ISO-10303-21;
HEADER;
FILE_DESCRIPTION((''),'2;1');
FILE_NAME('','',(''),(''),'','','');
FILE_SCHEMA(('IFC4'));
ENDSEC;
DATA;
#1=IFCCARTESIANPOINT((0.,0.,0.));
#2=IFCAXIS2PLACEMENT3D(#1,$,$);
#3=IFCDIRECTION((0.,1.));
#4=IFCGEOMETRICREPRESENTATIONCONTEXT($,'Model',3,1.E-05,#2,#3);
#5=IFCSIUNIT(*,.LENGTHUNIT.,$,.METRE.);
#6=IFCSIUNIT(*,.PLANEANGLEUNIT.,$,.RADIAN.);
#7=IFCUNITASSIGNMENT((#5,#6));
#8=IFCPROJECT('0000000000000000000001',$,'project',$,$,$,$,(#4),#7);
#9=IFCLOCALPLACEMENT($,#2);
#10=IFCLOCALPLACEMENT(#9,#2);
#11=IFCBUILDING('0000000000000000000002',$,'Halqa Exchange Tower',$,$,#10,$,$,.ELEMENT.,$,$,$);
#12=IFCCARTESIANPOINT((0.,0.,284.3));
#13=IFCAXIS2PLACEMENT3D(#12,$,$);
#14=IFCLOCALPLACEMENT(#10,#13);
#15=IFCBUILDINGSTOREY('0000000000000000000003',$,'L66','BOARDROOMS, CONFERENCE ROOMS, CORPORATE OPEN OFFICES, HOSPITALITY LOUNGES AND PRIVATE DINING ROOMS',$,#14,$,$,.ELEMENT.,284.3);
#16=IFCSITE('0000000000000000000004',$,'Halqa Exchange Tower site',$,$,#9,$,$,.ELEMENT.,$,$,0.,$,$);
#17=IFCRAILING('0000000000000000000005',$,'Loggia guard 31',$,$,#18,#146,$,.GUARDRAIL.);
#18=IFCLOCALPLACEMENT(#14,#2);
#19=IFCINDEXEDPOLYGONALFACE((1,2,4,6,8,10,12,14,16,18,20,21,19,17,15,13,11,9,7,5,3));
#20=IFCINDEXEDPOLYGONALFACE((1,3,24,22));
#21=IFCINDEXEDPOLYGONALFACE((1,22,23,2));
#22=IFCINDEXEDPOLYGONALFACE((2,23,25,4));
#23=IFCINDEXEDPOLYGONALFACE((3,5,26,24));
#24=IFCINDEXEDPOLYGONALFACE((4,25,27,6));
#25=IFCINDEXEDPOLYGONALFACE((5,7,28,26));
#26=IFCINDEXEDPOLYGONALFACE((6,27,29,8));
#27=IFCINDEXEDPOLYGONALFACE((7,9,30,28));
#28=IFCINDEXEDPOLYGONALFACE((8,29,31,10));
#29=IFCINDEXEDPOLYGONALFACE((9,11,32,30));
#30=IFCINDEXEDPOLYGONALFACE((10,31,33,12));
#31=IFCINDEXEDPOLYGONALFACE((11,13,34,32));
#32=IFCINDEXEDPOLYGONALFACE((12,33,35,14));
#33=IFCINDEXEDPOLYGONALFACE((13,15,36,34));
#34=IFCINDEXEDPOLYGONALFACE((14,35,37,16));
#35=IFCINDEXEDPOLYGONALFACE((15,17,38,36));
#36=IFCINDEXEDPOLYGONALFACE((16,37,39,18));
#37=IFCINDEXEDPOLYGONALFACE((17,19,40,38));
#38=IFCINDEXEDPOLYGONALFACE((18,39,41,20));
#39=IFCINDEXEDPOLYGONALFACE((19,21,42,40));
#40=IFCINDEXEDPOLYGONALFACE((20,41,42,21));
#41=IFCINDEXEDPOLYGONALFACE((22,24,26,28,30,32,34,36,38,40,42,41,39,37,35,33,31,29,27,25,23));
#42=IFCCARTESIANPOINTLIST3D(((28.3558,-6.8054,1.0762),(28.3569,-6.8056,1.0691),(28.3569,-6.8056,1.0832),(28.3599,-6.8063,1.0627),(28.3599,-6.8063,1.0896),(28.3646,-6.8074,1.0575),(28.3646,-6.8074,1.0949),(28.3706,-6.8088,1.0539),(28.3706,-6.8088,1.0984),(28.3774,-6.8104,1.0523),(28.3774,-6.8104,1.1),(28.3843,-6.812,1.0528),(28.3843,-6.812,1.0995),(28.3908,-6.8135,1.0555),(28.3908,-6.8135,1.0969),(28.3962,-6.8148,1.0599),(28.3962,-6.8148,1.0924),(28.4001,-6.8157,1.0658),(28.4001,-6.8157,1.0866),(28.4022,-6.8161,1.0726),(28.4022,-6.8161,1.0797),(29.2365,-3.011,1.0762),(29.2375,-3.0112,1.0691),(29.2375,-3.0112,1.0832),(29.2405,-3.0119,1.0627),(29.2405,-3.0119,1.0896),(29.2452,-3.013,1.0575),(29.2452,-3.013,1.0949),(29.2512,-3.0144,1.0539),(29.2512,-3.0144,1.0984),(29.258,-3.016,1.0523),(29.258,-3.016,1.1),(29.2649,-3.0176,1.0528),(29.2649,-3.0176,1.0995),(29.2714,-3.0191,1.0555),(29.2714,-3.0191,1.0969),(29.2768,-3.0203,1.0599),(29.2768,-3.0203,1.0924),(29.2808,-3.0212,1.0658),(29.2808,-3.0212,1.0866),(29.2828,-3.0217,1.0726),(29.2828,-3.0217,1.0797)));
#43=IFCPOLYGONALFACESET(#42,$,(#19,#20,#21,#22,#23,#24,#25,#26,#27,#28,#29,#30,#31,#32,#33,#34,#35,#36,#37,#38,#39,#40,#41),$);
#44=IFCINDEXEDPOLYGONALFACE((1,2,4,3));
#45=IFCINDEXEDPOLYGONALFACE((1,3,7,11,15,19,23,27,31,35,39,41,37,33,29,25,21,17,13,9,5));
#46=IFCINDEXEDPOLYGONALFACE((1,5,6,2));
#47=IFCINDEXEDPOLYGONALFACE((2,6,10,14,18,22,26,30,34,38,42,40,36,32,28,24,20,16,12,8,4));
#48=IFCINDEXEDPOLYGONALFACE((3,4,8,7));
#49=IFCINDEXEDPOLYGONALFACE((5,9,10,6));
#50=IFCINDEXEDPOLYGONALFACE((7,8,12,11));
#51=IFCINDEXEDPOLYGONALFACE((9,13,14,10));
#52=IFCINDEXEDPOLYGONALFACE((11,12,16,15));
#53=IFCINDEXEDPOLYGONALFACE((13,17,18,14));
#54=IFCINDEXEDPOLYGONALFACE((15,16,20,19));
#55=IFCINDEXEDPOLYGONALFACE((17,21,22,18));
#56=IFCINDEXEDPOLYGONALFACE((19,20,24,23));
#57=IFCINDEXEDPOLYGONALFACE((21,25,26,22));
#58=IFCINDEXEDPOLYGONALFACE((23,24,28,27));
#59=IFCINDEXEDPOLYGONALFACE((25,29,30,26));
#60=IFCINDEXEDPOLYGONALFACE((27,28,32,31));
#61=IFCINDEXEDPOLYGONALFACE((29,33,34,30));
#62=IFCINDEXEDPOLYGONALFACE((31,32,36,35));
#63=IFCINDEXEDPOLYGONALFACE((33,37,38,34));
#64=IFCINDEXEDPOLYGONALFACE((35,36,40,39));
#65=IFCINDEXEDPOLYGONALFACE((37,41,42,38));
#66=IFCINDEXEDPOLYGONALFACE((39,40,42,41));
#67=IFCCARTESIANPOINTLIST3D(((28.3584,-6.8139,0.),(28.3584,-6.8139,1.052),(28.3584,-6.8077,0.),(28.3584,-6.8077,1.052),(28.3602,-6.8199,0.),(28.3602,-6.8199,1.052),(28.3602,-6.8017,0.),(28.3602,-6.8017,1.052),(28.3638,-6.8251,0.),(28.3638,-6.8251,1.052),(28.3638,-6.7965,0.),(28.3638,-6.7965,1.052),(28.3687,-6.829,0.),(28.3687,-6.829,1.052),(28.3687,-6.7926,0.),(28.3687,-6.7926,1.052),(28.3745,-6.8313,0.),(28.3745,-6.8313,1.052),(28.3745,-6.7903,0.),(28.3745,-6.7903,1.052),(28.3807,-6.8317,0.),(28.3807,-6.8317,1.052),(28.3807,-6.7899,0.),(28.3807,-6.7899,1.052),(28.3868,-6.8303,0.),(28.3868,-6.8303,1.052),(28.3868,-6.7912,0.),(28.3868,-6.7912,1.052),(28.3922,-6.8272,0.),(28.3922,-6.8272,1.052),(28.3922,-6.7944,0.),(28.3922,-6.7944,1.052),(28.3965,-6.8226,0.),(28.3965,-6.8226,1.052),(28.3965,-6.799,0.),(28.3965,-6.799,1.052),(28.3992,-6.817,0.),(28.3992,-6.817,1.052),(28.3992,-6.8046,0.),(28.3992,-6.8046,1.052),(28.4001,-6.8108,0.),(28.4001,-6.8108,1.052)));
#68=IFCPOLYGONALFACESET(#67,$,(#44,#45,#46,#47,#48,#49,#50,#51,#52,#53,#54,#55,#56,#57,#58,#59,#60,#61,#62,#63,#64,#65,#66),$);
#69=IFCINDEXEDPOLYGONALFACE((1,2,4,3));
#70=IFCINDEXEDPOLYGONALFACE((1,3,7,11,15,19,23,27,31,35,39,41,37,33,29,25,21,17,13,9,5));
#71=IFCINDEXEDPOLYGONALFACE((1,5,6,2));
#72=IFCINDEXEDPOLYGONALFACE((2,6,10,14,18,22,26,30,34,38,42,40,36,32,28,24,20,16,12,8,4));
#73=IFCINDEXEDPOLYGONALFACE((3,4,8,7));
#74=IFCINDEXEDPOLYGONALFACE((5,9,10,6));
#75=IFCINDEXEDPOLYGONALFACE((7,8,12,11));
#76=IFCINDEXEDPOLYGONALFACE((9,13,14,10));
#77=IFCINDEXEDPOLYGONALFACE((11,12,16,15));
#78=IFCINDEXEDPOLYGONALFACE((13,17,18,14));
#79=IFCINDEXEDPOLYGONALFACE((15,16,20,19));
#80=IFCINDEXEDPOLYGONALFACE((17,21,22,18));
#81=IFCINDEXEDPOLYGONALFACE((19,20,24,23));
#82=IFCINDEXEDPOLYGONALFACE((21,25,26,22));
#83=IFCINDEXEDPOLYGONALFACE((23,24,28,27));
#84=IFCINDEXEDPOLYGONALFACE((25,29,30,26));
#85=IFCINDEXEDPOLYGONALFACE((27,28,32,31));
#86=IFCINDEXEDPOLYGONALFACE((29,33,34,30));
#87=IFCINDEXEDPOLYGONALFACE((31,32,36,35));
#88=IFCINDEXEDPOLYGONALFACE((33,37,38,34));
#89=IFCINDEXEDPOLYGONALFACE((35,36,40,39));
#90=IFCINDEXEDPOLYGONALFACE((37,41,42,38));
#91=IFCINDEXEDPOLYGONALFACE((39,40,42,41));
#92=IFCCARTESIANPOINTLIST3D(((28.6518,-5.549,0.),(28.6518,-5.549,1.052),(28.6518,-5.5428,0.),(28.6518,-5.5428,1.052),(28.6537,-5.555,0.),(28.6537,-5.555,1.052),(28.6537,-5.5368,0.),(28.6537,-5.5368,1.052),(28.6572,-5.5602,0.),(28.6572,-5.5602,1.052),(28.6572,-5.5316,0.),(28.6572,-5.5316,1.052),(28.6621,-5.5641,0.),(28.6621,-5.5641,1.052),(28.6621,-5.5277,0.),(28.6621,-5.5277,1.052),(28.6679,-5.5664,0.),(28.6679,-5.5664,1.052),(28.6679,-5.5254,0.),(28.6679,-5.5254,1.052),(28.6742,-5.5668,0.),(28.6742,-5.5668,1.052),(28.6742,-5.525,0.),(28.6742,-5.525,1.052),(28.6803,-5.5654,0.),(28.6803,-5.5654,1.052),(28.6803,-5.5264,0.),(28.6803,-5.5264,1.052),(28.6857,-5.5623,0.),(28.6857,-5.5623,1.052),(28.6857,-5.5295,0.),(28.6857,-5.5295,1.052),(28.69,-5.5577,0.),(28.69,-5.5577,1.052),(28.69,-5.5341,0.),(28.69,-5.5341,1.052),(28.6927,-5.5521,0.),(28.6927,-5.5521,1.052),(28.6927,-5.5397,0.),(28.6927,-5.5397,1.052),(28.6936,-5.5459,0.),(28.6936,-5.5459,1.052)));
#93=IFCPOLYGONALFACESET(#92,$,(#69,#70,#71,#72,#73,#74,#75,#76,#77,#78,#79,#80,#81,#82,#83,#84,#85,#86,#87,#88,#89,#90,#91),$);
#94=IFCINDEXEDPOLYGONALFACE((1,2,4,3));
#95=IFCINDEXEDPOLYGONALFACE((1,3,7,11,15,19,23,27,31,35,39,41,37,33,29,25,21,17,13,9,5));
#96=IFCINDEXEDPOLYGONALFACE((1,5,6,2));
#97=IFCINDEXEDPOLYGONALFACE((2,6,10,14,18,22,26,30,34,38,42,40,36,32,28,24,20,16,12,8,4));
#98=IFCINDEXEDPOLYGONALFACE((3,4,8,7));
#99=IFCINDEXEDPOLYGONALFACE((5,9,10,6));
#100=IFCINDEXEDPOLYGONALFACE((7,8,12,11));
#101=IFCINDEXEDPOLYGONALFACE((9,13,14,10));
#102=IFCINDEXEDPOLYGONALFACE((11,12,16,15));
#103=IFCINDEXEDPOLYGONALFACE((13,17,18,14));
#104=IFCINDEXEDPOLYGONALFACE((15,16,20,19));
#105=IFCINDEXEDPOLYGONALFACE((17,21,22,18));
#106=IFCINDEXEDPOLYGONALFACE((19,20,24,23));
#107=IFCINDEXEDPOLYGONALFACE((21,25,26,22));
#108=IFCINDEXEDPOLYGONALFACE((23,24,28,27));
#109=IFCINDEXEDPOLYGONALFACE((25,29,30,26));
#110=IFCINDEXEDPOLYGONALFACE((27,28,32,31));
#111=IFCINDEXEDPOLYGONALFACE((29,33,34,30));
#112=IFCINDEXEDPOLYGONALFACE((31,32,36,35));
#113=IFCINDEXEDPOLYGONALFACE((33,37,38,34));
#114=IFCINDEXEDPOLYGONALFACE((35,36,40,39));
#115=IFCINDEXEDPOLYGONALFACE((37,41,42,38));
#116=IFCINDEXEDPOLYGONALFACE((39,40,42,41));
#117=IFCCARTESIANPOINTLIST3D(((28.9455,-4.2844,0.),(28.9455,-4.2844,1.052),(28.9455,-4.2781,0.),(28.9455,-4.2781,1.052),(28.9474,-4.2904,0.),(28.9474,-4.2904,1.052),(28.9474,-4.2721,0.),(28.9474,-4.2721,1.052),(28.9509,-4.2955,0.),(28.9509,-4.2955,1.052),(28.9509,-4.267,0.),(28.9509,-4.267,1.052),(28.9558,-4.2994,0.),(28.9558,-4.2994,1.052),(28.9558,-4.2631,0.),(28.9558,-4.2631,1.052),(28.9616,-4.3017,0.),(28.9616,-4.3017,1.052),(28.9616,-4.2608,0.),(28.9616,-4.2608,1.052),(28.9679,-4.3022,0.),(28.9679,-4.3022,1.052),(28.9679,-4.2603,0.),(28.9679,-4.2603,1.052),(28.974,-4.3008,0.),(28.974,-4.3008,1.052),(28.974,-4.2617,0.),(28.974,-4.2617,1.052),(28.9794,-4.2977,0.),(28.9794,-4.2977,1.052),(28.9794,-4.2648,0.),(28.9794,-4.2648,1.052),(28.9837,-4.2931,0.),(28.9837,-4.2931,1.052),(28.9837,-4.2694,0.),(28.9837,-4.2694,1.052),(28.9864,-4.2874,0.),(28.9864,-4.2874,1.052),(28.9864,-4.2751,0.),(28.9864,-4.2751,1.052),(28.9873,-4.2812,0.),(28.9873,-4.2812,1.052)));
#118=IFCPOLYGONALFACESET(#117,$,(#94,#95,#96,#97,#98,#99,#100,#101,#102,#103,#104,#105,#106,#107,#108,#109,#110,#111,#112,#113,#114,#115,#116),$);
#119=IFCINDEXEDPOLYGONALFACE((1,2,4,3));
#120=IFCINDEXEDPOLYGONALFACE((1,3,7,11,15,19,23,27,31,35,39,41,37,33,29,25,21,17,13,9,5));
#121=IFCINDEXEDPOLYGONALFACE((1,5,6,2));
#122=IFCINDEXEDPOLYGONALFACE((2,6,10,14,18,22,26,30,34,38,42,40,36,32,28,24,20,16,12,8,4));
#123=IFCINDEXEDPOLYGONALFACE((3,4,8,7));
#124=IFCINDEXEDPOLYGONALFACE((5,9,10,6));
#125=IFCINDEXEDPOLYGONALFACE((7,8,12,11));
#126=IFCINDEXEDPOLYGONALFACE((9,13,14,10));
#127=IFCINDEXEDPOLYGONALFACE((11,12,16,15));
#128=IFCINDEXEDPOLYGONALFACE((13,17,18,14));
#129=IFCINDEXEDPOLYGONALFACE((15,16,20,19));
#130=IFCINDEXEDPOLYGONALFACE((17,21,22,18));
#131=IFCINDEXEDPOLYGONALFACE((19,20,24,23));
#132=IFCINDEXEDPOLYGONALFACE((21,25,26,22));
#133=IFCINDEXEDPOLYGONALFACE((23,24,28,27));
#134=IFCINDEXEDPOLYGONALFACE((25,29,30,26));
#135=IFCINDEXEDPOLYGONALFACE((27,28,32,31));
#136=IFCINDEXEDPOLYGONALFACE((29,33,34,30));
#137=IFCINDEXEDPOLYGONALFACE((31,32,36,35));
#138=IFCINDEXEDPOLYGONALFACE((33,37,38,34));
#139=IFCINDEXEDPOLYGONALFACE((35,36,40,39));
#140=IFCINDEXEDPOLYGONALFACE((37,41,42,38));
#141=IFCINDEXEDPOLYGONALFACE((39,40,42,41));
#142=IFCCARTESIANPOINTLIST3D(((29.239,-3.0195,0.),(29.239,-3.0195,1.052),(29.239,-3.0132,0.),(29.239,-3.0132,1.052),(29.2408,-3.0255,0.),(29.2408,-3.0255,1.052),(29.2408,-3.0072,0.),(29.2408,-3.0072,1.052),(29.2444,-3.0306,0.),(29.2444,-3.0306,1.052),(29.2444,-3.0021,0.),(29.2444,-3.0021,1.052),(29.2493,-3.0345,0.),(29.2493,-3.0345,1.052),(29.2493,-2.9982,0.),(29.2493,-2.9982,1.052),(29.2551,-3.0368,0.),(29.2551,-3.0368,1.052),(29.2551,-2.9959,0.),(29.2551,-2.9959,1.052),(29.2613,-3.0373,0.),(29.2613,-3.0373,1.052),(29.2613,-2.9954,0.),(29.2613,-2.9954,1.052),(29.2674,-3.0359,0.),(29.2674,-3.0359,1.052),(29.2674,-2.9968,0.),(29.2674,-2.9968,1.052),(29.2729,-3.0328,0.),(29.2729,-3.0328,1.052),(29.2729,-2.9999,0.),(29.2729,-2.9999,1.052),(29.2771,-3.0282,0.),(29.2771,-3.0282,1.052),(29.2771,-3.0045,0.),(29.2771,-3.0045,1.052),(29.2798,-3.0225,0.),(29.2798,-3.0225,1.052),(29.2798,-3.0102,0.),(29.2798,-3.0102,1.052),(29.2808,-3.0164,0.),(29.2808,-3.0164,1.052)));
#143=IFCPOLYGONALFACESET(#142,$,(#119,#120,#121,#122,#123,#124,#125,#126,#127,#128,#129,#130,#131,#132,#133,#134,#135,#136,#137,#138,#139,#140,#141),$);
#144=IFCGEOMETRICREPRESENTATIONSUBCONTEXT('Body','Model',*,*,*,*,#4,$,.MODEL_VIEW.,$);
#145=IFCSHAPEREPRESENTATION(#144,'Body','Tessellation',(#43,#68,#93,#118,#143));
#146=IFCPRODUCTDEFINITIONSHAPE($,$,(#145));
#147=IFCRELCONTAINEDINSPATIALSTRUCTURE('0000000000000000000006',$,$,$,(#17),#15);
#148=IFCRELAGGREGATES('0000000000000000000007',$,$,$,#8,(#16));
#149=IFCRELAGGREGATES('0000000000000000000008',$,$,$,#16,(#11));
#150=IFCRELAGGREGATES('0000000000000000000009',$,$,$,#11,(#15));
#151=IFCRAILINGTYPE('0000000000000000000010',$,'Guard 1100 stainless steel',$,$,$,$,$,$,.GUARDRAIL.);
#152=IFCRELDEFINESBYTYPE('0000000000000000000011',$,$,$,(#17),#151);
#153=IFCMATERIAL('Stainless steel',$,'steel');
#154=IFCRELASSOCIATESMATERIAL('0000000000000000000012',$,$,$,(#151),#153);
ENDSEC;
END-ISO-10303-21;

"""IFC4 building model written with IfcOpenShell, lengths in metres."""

from ifc_helpers import new_model, si_unit, direction, frame, origin, origin_2d, place, context, subcontext, project, spatial, circle, extrude, material, type_object, element, save


model = new_model("IFC4")

# Units and contexts
model_context = context("Model", 3, precision=1e-05, world=origin(), true_north=direction((0.0, 1.0)))
body_context = subcontext(model_context, "Body", "Model", "MODEL_VIEW")
ifc_project = project(units=[si_unit("LENGTHUNIT", "METRE"), si_unit("PLANEANGLEUNIT", "RADIAN")], contexts=[model_context])

# Site, building, storey
site_placement = place(None, origin())
site = spatial("IfcSite", under=ifc_project, at=site_placement, Name="Halqa Exchange Tower site", CompositionType="ELEMENT", RefElevation=0.0)
building_placement = place(site_placement, origin())
building = spatial("IfcBuilding", under=site, at=building_placement, Name="Halqa Exchange Tower", CompositionType="ELEMENT")
storey_placement = place(building_placement, frame((0.0, 0.0, 284.3)))
storey = spatial("IfcBuildingStorey", under=building, at=storey_placement, Name="L66", Description="BOARDROOMS, CONFERENCE ROOMS, CORPORATE OPEN OFFICES, HOSPITALITY LOUNGES AND PRIVATE DINING ROOMS", CompositionType="ELEMENT", Elevation=284.3)

# Railing
ifc_material_1 = material(Name="Stainless steel", Category="steel")
railing_type = type_object("IfcRailingType", Name="Guard 1100 stainless steel", PredefinedType="GUARDRAIL", material=ifc_material_1)
railing_1_placement = place(storey_placement, frame((28.3792, -6.8108, 0.0)))
element("IfcRailing", 1, at=railing_1_placement, inside=storey, type_object=railing_type, Name="Loggia guard 31", PredefinedType="GUARDRAIL", context=body_context, shape_type="SweptSolid", body=[
    extrude(circle(Radius=0.0239, at=origin_2d()), frame((0.0, 0.0, 1.0762), z_axis=(0.226072, 0.974111, 0.0), x_axis=(-0.974111, 0.226072, 0.0)), (0.0, 0.0, 1.0), 3.8953),
    extrude(circle(Radius=0.021, at=origin_2d()), origin(), (0.0, 0.0, 1.0), 1.052),
    extrude(circle(Radius=0.021, at=origin_2d()), frame((0.2935, 1.2649, 0.0)), (0.0, 0.0, 1.0), 1.052),
    extrude(circle(Radius=0.021, at=origin_2d()), frame((0.5872, 2.5295, 0.0)), (0.0, 0.0, 1.0), 1.052),
    extrude(circle(Radius=0.021, at=origin_2d()), frame((0.8806, 3.7944, 0.0)), (0.0, 0.0, 1.0), 1.052),
])

save(model, "model.ifc")
